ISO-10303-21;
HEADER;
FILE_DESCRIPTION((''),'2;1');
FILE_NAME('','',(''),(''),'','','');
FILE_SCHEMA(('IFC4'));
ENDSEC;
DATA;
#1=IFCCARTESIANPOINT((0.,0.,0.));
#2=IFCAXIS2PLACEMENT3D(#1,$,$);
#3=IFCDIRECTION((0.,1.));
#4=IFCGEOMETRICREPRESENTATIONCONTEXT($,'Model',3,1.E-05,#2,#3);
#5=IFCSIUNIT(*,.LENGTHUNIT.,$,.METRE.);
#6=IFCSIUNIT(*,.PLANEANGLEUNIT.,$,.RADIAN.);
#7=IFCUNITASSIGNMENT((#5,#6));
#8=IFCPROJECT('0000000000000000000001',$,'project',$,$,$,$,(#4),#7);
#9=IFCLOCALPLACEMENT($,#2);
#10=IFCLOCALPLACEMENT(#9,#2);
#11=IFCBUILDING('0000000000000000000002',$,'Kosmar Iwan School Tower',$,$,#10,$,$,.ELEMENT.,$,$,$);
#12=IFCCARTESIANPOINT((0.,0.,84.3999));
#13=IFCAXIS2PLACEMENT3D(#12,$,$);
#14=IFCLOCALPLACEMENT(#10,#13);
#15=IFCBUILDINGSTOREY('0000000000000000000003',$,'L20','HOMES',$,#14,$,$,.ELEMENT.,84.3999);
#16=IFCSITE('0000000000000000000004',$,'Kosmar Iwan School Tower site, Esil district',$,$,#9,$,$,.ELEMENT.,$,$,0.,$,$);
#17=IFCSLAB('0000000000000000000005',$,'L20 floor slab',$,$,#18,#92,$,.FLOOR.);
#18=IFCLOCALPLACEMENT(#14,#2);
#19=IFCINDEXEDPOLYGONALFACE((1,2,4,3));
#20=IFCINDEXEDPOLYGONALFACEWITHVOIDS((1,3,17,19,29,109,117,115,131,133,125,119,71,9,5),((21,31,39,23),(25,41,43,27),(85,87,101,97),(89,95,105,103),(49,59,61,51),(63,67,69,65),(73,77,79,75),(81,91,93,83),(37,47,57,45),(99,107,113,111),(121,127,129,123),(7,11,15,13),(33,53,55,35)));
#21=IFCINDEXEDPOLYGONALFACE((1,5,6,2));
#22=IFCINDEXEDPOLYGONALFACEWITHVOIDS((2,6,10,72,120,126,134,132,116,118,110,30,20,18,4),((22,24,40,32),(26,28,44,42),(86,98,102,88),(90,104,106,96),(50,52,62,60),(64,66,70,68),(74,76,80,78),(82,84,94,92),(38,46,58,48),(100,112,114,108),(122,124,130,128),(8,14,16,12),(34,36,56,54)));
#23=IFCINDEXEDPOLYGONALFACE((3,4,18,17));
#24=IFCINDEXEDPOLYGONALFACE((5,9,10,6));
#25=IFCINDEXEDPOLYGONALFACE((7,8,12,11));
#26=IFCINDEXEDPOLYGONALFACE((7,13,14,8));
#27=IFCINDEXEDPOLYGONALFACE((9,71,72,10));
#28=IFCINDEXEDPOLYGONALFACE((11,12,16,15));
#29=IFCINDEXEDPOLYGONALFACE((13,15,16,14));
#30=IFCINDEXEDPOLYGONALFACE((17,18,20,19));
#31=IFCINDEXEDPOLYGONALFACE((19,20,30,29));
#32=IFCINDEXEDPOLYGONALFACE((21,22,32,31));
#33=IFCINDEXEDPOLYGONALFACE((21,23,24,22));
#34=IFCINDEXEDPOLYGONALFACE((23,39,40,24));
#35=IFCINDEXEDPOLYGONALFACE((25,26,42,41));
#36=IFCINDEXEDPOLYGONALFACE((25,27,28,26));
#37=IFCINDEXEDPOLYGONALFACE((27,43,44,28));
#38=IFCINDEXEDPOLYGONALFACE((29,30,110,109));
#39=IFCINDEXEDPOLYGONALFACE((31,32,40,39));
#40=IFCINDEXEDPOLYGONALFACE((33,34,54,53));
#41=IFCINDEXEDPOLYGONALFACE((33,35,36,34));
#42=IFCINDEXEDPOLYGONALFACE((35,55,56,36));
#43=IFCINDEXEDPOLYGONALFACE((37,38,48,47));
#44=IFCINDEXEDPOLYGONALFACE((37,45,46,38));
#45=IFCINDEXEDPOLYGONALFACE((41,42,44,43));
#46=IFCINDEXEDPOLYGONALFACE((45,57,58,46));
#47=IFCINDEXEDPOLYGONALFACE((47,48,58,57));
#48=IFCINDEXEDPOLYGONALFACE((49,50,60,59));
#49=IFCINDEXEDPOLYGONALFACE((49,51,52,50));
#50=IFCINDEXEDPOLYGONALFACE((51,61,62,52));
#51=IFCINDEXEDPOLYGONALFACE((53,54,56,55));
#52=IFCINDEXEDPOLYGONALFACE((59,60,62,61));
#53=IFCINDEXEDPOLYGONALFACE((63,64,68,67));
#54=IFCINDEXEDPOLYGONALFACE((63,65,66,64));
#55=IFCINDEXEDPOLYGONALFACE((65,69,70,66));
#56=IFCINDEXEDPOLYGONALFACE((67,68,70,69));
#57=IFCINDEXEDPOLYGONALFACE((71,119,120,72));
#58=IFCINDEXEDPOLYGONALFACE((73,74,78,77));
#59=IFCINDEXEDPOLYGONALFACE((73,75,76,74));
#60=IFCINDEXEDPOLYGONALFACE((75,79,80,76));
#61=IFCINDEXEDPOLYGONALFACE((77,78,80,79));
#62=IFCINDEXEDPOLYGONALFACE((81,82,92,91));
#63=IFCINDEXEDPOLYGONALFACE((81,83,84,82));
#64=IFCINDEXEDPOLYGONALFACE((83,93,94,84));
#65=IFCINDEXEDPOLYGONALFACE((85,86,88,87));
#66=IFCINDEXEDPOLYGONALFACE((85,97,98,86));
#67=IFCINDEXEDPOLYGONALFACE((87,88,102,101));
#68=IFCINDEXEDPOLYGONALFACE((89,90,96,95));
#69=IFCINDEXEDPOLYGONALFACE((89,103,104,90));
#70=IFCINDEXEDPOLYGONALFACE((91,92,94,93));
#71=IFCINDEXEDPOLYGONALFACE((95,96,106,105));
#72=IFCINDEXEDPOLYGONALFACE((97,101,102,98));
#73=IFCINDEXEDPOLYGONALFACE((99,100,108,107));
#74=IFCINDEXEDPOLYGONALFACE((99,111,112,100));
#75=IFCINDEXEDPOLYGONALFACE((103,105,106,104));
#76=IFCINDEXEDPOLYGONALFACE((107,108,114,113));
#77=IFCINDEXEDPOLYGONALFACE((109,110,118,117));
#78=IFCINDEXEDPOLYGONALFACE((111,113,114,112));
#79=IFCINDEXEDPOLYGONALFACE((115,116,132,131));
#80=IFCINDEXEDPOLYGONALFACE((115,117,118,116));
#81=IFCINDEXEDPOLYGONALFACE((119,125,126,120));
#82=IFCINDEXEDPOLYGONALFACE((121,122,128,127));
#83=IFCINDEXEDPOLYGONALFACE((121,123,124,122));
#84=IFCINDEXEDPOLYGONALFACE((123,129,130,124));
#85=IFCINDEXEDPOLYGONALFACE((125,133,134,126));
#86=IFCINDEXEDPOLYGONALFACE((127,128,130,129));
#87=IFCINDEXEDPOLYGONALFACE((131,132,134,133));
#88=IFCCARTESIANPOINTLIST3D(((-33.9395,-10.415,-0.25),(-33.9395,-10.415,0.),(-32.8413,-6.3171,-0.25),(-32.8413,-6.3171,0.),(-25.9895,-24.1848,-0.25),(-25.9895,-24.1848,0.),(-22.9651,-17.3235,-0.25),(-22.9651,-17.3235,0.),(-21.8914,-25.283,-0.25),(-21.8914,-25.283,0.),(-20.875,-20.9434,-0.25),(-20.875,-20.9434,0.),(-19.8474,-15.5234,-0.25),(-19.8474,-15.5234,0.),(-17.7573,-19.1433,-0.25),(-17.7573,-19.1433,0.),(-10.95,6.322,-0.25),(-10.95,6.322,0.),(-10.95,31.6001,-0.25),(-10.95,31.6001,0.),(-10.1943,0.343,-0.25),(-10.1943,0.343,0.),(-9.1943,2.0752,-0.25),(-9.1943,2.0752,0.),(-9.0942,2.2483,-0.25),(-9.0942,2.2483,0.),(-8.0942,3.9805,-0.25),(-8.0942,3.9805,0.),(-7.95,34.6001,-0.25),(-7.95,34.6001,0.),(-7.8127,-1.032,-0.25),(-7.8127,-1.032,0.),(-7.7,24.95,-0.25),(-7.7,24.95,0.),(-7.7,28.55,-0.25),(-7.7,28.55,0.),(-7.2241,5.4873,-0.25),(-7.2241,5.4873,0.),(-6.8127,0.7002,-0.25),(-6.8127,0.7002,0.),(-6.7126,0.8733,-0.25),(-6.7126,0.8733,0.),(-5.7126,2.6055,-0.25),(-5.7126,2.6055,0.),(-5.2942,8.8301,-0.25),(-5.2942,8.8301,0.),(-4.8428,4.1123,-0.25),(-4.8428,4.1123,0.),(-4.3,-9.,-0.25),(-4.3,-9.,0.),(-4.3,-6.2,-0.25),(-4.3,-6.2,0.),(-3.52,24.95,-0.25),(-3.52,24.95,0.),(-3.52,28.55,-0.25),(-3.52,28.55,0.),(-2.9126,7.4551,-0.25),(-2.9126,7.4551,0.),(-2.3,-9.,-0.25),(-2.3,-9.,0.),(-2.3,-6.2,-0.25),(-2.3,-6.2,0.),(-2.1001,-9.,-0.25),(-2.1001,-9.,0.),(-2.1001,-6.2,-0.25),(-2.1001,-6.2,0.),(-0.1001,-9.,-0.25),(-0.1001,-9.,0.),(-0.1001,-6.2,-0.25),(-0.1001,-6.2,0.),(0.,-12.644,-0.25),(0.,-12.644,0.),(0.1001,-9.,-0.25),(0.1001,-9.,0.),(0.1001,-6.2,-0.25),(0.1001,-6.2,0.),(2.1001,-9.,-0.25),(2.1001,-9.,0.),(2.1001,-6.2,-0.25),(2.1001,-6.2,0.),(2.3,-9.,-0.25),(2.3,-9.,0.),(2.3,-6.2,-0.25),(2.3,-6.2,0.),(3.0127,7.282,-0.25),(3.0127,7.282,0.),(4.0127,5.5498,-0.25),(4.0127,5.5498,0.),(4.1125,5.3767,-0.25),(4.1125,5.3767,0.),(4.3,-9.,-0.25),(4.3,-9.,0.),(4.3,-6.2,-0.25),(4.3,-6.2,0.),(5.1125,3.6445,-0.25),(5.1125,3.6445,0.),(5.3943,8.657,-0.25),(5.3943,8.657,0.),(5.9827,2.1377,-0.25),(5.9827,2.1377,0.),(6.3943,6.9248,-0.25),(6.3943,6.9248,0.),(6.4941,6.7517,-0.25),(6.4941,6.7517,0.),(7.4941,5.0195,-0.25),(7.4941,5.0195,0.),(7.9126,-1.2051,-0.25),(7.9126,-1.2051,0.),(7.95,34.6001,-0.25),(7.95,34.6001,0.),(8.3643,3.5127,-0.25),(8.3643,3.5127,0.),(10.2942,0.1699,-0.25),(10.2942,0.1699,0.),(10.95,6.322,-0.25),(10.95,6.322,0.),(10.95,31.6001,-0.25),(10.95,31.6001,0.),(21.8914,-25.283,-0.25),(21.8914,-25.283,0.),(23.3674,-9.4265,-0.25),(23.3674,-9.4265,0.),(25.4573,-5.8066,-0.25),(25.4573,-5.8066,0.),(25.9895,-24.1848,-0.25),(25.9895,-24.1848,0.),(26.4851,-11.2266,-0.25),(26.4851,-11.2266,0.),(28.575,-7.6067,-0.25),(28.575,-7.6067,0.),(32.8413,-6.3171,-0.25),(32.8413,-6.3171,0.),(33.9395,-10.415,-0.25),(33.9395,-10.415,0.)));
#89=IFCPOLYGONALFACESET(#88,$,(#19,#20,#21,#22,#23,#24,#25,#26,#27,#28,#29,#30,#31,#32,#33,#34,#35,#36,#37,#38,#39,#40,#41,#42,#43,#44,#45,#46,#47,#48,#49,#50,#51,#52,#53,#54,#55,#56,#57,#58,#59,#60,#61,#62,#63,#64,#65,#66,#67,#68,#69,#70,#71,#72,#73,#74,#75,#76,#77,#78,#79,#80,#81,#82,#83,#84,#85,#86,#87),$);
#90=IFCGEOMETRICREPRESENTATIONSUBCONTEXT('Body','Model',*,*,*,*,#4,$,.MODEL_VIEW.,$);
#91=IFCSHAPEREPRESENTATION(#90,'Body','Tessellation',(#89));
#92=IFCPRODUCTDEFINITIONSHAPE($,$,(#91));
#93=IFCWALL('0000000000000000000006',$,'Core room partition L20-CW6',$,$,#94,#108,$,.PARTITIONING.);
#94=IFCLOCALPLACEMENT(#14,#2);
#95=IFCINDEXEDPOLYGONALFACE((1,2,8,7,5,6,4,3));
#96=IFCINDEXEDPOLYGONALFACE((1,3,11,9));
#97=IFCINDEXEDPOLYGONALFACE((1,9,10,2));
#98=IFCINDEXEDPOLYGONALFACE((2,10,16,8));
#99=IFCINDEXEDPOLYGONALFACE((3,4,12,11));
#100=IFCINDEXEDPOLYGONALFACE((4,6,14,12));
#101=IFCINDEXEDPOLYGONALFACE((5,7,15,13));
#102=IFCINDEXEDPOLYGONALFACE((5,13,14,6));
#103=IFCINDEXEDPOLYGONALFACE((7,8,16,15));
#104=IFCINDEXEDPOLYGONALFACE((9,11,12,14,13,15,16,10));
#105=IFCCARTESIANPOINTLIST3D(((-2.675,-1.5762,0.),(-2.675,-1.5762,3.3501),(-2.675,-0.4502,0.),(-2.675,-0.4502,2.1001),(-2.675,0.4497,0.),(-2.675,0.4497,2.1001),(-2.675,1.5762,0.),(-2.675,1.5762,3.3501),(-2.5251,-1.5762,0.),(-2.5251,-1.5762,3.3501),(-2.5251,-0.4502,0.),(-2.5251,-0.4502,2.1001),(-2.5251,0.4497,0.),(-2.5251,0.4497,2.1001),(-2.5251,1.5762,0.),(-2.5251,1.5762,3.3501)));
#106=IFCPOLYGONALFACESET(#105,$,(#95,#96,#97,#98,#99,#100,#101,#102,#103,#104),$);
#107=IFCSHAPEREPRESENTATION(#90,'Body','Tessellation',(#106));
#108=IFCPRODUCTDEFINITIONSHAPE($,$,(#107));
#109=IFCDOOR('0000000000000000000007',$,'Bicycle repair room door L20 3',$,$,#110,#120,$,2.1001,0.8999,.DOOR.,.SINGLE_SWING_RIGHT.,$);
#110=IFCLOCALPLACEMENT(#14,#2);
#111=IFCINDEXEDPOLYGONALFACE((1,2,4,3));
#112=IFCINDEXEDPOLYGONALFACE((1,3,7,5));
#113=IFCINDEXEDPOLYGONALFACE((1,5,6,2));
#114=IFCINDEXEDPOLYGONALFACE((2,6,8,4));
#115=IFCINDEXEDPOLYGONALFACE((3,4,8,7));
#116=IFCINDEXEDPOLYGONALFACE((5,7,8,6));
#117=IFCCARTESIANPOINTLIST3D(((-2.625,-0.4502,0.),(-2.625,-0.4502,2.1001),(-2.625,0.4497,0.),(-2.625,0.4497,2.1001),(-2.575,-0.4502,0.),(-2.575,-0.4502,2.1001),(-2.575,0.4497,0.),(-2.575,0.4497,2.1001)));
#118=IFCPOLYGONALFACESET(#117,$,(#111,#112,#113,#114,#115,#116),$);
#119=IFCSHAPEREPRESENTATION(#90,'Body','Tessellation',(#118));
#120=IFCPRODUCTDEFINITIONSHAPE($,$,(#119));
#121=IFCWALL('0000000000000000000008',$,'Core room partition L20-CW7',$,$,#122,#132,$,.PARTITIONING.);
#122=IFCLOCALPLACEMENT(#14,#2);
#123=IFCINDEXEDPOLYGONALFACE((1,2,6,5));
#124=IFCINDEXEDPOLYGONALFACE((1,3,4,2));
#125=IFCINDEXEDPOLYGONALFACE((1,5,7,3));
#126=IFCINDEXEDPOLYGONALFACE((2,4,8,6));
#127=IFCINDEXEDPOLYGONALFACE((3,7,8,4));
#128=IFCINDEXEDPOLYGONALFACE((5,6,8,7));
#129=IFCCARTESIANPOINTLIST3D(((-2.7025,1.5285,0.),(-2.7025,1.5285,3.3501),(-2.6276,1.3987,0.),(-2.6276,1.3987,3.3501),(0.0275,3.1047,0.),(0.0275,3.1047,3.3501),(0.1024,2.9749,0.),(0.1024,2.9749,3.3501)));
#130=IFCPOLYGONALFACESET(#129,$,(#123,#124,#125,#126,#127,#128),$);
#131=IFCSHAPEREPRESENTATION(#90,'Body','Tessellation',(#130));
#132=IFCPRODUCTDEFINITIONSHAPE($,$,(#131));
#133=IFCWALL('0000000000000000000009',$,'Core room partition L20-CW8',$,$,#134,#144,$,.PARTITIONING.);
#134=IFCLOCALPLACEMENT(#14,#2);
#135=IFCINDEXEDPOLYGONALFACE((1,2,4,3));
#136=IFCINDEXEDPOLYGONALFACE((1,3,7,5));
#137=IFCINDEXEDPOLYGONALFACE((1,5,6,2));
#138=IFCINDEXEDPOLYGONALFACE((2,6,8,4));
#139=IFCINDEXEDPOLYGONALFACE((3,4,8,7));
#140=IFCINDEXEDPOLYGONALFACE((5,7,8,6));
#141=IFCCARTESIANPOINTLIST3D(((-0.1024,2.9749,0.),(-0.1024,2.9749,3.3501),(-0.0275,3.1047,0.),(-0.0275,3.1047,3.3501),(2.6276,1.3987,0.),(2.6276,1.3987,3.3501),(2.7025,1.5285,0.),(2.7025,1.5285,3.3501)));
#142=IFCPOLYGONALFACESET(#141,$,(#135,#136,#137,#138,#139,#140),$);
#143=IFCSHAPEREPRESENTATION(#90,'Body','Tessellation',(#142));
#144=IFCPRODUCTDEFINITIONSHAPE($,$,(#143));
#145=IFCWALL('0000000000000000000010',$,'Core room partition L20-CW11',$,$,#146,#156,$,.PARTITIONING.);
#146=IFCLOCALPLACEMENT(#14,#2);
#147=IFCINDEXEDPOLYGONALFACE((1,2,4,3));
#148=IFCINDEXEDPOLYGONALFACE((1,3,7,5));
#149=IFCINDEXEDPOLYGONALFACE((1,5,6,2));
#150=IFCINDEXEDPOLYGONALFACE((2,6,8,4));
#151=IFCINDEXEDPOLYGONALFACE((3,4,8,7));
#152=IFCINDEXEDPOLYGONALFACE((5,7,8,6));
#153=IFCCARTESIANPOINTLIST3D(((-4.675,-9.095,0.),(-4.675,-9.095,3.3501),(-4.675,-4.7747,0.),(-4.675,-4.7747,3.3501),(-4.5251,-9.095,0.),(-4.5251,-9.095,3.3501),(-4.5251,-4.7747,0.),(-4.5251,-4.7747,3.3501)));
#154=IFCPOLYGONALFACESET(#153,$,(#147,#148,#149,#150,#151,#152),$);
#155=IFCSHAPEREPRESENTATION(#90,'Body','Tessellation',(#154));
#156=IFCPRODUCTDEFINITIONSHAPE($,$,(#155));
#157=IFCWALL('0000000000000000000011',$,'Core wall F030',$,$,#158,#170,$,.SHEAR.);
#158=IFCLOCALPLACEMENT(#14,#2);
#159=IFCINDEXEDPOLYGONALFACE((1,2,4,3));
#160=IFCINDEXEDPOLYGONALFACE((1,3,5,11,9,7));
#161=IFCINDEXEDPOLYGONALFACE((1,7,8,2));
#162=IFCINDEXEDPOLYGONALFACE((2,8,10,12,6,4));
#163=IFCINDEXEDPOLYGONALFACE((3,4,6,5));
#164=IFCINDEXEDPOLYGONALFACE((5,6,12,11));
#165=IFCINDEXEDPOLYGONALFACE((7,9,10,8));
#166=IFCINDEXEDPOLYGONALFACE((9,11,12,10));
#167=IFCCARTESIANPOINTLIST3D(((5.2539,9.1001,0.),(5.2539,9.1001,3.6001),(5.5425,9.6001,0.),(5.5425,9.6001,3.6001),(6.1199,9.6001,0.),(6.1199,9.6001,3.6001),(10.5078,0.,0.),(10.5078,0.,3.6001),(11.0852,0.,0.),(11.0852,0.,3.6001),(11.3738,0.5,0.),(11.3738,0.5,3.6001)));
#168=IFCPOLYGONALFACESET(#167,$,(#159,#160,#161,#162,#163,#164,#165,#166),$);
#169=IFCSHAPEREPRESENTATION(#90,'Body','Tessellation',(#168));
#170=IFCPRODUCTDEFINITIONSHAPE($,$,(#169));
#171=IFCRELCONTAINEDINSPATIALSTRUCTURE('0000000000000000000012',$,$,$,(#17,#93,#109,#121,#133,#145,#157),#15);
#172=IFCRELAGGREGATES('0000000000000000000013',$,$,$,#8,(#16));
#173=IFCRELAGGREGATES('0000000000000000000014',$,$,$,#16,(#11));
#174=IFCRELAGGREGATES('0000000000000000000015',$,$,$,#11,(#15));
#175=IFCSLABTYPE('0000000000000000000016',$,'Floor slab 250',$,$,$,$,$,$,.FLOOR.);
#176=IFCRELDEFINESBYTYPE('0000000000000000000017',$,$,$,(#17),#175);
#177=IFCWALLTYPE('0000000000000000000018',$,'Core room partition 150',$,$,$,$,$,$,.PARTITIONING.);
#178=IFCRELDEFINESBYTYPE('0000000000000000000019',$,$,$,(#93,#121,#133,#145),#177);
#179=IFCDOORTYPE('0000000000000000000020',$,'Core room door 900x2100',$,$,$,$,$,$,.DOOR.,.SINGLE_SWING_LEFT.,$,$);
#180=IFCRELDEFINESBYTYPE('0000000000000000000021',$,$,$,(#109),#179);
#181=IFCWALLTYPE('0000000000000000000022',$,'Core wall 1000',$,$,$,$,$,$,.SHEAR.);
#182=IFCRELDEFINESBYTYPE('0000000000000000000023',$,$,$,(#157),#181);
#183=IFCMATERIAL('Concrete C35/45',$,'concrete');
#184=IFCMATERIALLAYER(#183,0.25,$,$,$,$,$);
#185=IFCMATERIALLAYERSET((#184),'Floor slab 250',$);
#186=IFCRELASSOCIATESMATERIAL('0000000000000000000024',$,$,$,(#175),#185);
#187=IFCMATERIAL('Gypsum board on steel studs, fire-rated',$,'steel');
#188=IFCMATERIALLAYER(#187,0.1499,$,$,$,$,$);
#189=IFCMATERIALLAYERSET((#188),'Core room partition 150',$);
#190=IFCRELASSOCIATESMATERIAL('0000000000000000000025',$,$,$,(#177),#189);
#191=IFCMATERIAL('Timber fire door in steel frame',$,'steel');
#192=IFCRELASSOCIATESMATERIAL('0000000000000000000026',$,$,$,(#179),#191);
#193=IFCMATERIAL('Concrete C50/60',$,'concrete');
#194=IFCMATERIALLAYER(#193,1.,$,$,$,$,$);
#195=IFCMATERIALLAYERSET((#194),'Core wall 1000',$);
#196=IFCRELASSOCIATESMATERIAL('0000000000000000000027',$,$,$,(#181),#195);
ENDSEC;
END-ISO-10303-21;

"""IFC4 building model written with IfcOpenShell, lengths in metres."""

from ifc_helpers import new_model, si_unit, direction, frame, frame_2d, origin, place, context, subcontext, project, spatial, polyline, rectangle, outline, extrude, material, layer, layer_set, type_object, element, fill, save


model = new_model("IFC4")

# Units and contexts
model_context = context("Model", 3, precision=1e-05, world=origin(), true_north=direction((0.0, 1.0)))
body_context = subcontext(model_context, "Body", "Model", "MODEL_VIEW")
ifc_project = project(units=[si_unit("LENGTHUNIT", "METRE"), si_unit("PLANEANGLEUNIT", "RADIAN")], contexts=[model_context])

# Site, building, storey
site_placement = place(None, origin())
site = spatial("IfcSite", under=ifc_project, at=site_placement, Name="Kosmar Iwan School Tower site, Esil district", CompositionType="ELEMENT", RefElevation=0.0)
building_placement = place(site_placement, origin())
building = spatial("IfcBuilding", under=site, at=building_placement, Name="Kosmar Iwan School Tower", CompositionType="ELEMENT")
storey_placement = place(building_placement, frame((0.0, 0.0, 84.3999)))
storey = spatial("IfcBuildingStorey", under=building, at=storey_placement, Name="L20", Description="HOMES", CompositionType="ELEMENT", Elevation=84.3999)

# Slab
ifc_material_1 = material(Name="Concrete C35/45", Category="concrete")
ifc_layer_1 = layer(ifc_material_1, 0.25)
ifc_layer_set_1 = layer_set([ifc_layer_1], Name="Floor slab 250")
slab_type = type_object("IfcSlabType", Name="Floor slab 250", PredefinedType="FLOOR", material=ifc_layer_set_1)
slab_placement = place(storey_placement, frame((0.0, 0.0, -0.25)))
element("IfcSlab", 1, at=slab_placement, inside=storey, type_object=slab_type, Name="L20 floor slab", PredefinedType="FLOOR", context=body_context, shape_type="SweptSolid", body=[
    extrude(outline(polyline([(-21.8914, -25.283), (0.0, -12.644), (21.8914, -25.283), (25.9895, -24.1848), (33.9395, -10.415), (32.8413, -6.3171), (10.95, 6.322), (10.95, 31.6001), (7.95, 34.6001), (-7.95, 34.6001), (-10.95, 31.6001), (-10.95, 6.322), (-32.8413, -6.3171), (-33.9395, -10.415), (-25.9895, -24.1848), (-21.8914, -25.283)]), holes=[polyline([(7.9126, -1.2051), (10.2942, 0.1699), (8.3643, 3.5127), (5.9827, 2.1377), (7.9126, -1.2051)]), polyline([(-2.9126, 7.4551), (-5.2942, 8.8301), (-7.2241, 5.4873), (-4.8428, 4.1123), (-2.9126, 7.4551)]), polyline([(-5.7126, 2.6055), (-8.0942, 3.9805), (-9.0942, 2.2483), (-6.7126, 0.8733), (-5.7126, 2.6055)]), polyline([(-6.8127, 0.7002), (-9.1943, 2.0752), (-10.1943, 0.343), (-7.8127, -1.032), (-6.8127, 0.7002)]), polyline([(5.1125, 3.6445), (7.4941, 5.0195), (6.4941, 6.7517), (4.1125, 5.3767), (5.1125, 3.6445)]), polyline([(4.0127, 5.5498), (6.3943, 6.9248), (5.3943, 8.657), (3.0127, 7.282), (4.0127, 5.5498)]), polyline([(-4.3, -6.2), (-4.3, -9.0), (-2.3, -9.0), (-2.3, -6.2), (-4.3, -6.2)]), polyline([(-2.1001, -6.2), (-2.1001, -9.0), (-0.1001, -9.0), (-0.1001, -6.2), (-2.1001, -6.2)]), polyline([(0.1001, -6.2), (0.1001, -9.0), (2.1001, -9.0), (2.1001, -6.2), (0.1001, -6.2)]), polyline([(2.3, -6.2), (2.3, -9.0), (4.3, -9.0), (4.3, -6.2), (2.3, -6.2)]), polyline([(-3.52, 24.95), (-3.52, 28.55), (-7.7, 28.55), (-7.7, 24.95), (-3.52, 24.95)]), polyline([(-19.8474, -15.5234), (-22.9651, -17.3235), (-20.875, -20.9434), (-17.7573, -19.1433), (-19.8474, -15.5234)]), polyline([(23.3674, -9.4265), (26.4851, -11.2266), (28.575, -7.6067), (25.4573, -5.8066), (23.3674, -9.4265)])]), origin(), (0.0, 0.0, 1.0), 0.25),
])

# Wall, opening, door
ifc_material_2 = material(Name="Gypsum board on steel studs, fire-rated", Category="steel")
ifc_layer_2 = layer(ifc_material_2, 0.1499)
ifc_layer_set_2 = layer_set([ifc_layer_2], Name="Core room partition 150")
wall_type_1 = type_object("IfcWallType", Name="Core room partition 150", PredefinedType="PARTITIONING", material=ifc_layer_set_2)
wall_1_placement = place(storey_placement, frame((-2.6001, -1.5762, 0.0), z_axis=(0.0, 0.0, 1.0), x_axis=(0.0, 1.0, 0.0)))
wall_1 = element("IfcWall", 2, at=wall_1_placement, inside=storey, type_object=wall_type_1, Name="Core room partition L20-CW6", PredefinedType="PARTITIONING", context=body_context, shape_type="SweptSolid", body=[
    extrude(rectangle(XDim=3.1523, YDim=0.1499, at=frame_2d((1.5762, 0.0))), origin(), (0.0, 0.0, 1.0), 3.3501),
])
opening_placement = place(wall_1_placement, frame((1.126, 0.0, 0.0)))
opening = element("IfcOpeningElement", 3, at=opening_placement, cuts=wall_1, PredefinedType="OPENING", context=body_context, shape_type="SweptSolid", body=[
    extrude(rectangle(XDim=0.8999, YDim=2.1001, at=frame_2d((0.45, 1.05))), frame((0.0, 0.0869, 0.0), z_axis=(0.0, -1.0, 0.0), x_axis=(1.0, 0.0, 0.0)), (0.0, 0.0, 1.0), 0.1738),
])
ifc_material_3 = material(Name="Timber fire door in steel frame", Category="steel")
door_type = type_object("IfcDoorType", Name="Core room door 900x2100", OperationType="SINGLE_SWING_LEFT", PredefinedType="DOOR", material=ifc_material_3)
door_placement = place(opening_placement, origin())
door = element("IfcDoor", 4, at=door_placement, inside=storey, type_object=door_type, Name="Bicycle repair room door L20 3", OperationType="SINGLE_SWING_RIGHT", OverallHeight=2.1001, OverallWidth=0.8999, PredefinedType="DOOR", context=body_context, shape_type="SweptSolid", body=[
    extrude(rectangle(XDim=0.8999, YDim=2.1001, at=frame_2d((0.45, 1.05))), frame((0.0, 0.0249, 0.0), z_axis=(0.0, -1.0, 0.0), x_axis=(1.0, 0.0, 0.0)), (0.0, 0.0, 1.0), 0.05),
])
fill(opening, door)

# Walls
for number, where, z_axis, x_axis, name in (
    (5, (-2.665, 1.4636, 0.0), (0.0, 0.0, 1.0), (0.866023, 0.500004, 0.0), "Core room partition L20-CW7"),
    (6, (-0.0649, 3.0398, 0.0), (0.0, 0.0, 1.0), (0.866023, -0.500004, 0.0), "Core room partition L20-CW8"),
):
    element("IfcWall", number, at=place(storey_placement, frame(where, z_axis=z_axis, x_axis=x_axis)), inside=storey, type_object=wall_type_1, Name=name, PredefinedType="PARTITIONING", context=body_context, shape_type="SweptSolid", body=[
        extrude(rectangle(XDim=3.1523, YDim=0.1499, at=frame_2d((1.5762, 0.0))), origin(), (0.0, 0.0, 1.0), 3.3501),
    ])
wall_2_placement = place(storey_placement, frame((-4.6001, -4.7747, 0.0), z_axis=(0.0, 0.0, 1.0), x_axis=(0.0, -1.0, 0.0)))
element("IfcWall", 7, at=wall_2_placement, inside=storey, type_object=wall_type_1, Name="Core room partition L20-CW11", PredefinedType="PARTITIONING", context=body_context, shape_type="SweptSolid", body=[
    extrude(rectangle(XDim=4.3203, YDim=0.1499, at=frame_2d((2.1602, 0.0))), origin(), (0.0, 0.0, 1.0), 3.3501),
])
ifc_material_4 = material(Name="Concrete C50/60", Category="concrete")
ifc_layer_3 = layer(ifc_material_4, 1.0)
ifc_layer_set_3 = layer_set([ifc_layer_3], Name="Core wall 1000")
wall_type_2 = type_object("IfcWallType", Name="Core wall 1000", PredefinedType="SHEAR", material=ifc_layer_set_3)
wall_3_placement = place(storey_placement, origin())
element("IfcWall", 8, at=wall_3_placement, inside=storey, type_object=wall_type_2, Name="Core wall F030", PredefinedType="SHEAR", context=body_context, shape_type="SweptSolid", body=[
    extrude(outline(polyline([(10.5078, 0.0), (11.0852, 0.0), (11.3738, 0.5), (6.1199, 9.6001), (5.5425, 9.6001), (5.2539, 9.1001), (10.5078, 0.0)])), origin(), (0.0, 0.0, 1.0), 3.6001),
])

save(model, "model.ifc")
